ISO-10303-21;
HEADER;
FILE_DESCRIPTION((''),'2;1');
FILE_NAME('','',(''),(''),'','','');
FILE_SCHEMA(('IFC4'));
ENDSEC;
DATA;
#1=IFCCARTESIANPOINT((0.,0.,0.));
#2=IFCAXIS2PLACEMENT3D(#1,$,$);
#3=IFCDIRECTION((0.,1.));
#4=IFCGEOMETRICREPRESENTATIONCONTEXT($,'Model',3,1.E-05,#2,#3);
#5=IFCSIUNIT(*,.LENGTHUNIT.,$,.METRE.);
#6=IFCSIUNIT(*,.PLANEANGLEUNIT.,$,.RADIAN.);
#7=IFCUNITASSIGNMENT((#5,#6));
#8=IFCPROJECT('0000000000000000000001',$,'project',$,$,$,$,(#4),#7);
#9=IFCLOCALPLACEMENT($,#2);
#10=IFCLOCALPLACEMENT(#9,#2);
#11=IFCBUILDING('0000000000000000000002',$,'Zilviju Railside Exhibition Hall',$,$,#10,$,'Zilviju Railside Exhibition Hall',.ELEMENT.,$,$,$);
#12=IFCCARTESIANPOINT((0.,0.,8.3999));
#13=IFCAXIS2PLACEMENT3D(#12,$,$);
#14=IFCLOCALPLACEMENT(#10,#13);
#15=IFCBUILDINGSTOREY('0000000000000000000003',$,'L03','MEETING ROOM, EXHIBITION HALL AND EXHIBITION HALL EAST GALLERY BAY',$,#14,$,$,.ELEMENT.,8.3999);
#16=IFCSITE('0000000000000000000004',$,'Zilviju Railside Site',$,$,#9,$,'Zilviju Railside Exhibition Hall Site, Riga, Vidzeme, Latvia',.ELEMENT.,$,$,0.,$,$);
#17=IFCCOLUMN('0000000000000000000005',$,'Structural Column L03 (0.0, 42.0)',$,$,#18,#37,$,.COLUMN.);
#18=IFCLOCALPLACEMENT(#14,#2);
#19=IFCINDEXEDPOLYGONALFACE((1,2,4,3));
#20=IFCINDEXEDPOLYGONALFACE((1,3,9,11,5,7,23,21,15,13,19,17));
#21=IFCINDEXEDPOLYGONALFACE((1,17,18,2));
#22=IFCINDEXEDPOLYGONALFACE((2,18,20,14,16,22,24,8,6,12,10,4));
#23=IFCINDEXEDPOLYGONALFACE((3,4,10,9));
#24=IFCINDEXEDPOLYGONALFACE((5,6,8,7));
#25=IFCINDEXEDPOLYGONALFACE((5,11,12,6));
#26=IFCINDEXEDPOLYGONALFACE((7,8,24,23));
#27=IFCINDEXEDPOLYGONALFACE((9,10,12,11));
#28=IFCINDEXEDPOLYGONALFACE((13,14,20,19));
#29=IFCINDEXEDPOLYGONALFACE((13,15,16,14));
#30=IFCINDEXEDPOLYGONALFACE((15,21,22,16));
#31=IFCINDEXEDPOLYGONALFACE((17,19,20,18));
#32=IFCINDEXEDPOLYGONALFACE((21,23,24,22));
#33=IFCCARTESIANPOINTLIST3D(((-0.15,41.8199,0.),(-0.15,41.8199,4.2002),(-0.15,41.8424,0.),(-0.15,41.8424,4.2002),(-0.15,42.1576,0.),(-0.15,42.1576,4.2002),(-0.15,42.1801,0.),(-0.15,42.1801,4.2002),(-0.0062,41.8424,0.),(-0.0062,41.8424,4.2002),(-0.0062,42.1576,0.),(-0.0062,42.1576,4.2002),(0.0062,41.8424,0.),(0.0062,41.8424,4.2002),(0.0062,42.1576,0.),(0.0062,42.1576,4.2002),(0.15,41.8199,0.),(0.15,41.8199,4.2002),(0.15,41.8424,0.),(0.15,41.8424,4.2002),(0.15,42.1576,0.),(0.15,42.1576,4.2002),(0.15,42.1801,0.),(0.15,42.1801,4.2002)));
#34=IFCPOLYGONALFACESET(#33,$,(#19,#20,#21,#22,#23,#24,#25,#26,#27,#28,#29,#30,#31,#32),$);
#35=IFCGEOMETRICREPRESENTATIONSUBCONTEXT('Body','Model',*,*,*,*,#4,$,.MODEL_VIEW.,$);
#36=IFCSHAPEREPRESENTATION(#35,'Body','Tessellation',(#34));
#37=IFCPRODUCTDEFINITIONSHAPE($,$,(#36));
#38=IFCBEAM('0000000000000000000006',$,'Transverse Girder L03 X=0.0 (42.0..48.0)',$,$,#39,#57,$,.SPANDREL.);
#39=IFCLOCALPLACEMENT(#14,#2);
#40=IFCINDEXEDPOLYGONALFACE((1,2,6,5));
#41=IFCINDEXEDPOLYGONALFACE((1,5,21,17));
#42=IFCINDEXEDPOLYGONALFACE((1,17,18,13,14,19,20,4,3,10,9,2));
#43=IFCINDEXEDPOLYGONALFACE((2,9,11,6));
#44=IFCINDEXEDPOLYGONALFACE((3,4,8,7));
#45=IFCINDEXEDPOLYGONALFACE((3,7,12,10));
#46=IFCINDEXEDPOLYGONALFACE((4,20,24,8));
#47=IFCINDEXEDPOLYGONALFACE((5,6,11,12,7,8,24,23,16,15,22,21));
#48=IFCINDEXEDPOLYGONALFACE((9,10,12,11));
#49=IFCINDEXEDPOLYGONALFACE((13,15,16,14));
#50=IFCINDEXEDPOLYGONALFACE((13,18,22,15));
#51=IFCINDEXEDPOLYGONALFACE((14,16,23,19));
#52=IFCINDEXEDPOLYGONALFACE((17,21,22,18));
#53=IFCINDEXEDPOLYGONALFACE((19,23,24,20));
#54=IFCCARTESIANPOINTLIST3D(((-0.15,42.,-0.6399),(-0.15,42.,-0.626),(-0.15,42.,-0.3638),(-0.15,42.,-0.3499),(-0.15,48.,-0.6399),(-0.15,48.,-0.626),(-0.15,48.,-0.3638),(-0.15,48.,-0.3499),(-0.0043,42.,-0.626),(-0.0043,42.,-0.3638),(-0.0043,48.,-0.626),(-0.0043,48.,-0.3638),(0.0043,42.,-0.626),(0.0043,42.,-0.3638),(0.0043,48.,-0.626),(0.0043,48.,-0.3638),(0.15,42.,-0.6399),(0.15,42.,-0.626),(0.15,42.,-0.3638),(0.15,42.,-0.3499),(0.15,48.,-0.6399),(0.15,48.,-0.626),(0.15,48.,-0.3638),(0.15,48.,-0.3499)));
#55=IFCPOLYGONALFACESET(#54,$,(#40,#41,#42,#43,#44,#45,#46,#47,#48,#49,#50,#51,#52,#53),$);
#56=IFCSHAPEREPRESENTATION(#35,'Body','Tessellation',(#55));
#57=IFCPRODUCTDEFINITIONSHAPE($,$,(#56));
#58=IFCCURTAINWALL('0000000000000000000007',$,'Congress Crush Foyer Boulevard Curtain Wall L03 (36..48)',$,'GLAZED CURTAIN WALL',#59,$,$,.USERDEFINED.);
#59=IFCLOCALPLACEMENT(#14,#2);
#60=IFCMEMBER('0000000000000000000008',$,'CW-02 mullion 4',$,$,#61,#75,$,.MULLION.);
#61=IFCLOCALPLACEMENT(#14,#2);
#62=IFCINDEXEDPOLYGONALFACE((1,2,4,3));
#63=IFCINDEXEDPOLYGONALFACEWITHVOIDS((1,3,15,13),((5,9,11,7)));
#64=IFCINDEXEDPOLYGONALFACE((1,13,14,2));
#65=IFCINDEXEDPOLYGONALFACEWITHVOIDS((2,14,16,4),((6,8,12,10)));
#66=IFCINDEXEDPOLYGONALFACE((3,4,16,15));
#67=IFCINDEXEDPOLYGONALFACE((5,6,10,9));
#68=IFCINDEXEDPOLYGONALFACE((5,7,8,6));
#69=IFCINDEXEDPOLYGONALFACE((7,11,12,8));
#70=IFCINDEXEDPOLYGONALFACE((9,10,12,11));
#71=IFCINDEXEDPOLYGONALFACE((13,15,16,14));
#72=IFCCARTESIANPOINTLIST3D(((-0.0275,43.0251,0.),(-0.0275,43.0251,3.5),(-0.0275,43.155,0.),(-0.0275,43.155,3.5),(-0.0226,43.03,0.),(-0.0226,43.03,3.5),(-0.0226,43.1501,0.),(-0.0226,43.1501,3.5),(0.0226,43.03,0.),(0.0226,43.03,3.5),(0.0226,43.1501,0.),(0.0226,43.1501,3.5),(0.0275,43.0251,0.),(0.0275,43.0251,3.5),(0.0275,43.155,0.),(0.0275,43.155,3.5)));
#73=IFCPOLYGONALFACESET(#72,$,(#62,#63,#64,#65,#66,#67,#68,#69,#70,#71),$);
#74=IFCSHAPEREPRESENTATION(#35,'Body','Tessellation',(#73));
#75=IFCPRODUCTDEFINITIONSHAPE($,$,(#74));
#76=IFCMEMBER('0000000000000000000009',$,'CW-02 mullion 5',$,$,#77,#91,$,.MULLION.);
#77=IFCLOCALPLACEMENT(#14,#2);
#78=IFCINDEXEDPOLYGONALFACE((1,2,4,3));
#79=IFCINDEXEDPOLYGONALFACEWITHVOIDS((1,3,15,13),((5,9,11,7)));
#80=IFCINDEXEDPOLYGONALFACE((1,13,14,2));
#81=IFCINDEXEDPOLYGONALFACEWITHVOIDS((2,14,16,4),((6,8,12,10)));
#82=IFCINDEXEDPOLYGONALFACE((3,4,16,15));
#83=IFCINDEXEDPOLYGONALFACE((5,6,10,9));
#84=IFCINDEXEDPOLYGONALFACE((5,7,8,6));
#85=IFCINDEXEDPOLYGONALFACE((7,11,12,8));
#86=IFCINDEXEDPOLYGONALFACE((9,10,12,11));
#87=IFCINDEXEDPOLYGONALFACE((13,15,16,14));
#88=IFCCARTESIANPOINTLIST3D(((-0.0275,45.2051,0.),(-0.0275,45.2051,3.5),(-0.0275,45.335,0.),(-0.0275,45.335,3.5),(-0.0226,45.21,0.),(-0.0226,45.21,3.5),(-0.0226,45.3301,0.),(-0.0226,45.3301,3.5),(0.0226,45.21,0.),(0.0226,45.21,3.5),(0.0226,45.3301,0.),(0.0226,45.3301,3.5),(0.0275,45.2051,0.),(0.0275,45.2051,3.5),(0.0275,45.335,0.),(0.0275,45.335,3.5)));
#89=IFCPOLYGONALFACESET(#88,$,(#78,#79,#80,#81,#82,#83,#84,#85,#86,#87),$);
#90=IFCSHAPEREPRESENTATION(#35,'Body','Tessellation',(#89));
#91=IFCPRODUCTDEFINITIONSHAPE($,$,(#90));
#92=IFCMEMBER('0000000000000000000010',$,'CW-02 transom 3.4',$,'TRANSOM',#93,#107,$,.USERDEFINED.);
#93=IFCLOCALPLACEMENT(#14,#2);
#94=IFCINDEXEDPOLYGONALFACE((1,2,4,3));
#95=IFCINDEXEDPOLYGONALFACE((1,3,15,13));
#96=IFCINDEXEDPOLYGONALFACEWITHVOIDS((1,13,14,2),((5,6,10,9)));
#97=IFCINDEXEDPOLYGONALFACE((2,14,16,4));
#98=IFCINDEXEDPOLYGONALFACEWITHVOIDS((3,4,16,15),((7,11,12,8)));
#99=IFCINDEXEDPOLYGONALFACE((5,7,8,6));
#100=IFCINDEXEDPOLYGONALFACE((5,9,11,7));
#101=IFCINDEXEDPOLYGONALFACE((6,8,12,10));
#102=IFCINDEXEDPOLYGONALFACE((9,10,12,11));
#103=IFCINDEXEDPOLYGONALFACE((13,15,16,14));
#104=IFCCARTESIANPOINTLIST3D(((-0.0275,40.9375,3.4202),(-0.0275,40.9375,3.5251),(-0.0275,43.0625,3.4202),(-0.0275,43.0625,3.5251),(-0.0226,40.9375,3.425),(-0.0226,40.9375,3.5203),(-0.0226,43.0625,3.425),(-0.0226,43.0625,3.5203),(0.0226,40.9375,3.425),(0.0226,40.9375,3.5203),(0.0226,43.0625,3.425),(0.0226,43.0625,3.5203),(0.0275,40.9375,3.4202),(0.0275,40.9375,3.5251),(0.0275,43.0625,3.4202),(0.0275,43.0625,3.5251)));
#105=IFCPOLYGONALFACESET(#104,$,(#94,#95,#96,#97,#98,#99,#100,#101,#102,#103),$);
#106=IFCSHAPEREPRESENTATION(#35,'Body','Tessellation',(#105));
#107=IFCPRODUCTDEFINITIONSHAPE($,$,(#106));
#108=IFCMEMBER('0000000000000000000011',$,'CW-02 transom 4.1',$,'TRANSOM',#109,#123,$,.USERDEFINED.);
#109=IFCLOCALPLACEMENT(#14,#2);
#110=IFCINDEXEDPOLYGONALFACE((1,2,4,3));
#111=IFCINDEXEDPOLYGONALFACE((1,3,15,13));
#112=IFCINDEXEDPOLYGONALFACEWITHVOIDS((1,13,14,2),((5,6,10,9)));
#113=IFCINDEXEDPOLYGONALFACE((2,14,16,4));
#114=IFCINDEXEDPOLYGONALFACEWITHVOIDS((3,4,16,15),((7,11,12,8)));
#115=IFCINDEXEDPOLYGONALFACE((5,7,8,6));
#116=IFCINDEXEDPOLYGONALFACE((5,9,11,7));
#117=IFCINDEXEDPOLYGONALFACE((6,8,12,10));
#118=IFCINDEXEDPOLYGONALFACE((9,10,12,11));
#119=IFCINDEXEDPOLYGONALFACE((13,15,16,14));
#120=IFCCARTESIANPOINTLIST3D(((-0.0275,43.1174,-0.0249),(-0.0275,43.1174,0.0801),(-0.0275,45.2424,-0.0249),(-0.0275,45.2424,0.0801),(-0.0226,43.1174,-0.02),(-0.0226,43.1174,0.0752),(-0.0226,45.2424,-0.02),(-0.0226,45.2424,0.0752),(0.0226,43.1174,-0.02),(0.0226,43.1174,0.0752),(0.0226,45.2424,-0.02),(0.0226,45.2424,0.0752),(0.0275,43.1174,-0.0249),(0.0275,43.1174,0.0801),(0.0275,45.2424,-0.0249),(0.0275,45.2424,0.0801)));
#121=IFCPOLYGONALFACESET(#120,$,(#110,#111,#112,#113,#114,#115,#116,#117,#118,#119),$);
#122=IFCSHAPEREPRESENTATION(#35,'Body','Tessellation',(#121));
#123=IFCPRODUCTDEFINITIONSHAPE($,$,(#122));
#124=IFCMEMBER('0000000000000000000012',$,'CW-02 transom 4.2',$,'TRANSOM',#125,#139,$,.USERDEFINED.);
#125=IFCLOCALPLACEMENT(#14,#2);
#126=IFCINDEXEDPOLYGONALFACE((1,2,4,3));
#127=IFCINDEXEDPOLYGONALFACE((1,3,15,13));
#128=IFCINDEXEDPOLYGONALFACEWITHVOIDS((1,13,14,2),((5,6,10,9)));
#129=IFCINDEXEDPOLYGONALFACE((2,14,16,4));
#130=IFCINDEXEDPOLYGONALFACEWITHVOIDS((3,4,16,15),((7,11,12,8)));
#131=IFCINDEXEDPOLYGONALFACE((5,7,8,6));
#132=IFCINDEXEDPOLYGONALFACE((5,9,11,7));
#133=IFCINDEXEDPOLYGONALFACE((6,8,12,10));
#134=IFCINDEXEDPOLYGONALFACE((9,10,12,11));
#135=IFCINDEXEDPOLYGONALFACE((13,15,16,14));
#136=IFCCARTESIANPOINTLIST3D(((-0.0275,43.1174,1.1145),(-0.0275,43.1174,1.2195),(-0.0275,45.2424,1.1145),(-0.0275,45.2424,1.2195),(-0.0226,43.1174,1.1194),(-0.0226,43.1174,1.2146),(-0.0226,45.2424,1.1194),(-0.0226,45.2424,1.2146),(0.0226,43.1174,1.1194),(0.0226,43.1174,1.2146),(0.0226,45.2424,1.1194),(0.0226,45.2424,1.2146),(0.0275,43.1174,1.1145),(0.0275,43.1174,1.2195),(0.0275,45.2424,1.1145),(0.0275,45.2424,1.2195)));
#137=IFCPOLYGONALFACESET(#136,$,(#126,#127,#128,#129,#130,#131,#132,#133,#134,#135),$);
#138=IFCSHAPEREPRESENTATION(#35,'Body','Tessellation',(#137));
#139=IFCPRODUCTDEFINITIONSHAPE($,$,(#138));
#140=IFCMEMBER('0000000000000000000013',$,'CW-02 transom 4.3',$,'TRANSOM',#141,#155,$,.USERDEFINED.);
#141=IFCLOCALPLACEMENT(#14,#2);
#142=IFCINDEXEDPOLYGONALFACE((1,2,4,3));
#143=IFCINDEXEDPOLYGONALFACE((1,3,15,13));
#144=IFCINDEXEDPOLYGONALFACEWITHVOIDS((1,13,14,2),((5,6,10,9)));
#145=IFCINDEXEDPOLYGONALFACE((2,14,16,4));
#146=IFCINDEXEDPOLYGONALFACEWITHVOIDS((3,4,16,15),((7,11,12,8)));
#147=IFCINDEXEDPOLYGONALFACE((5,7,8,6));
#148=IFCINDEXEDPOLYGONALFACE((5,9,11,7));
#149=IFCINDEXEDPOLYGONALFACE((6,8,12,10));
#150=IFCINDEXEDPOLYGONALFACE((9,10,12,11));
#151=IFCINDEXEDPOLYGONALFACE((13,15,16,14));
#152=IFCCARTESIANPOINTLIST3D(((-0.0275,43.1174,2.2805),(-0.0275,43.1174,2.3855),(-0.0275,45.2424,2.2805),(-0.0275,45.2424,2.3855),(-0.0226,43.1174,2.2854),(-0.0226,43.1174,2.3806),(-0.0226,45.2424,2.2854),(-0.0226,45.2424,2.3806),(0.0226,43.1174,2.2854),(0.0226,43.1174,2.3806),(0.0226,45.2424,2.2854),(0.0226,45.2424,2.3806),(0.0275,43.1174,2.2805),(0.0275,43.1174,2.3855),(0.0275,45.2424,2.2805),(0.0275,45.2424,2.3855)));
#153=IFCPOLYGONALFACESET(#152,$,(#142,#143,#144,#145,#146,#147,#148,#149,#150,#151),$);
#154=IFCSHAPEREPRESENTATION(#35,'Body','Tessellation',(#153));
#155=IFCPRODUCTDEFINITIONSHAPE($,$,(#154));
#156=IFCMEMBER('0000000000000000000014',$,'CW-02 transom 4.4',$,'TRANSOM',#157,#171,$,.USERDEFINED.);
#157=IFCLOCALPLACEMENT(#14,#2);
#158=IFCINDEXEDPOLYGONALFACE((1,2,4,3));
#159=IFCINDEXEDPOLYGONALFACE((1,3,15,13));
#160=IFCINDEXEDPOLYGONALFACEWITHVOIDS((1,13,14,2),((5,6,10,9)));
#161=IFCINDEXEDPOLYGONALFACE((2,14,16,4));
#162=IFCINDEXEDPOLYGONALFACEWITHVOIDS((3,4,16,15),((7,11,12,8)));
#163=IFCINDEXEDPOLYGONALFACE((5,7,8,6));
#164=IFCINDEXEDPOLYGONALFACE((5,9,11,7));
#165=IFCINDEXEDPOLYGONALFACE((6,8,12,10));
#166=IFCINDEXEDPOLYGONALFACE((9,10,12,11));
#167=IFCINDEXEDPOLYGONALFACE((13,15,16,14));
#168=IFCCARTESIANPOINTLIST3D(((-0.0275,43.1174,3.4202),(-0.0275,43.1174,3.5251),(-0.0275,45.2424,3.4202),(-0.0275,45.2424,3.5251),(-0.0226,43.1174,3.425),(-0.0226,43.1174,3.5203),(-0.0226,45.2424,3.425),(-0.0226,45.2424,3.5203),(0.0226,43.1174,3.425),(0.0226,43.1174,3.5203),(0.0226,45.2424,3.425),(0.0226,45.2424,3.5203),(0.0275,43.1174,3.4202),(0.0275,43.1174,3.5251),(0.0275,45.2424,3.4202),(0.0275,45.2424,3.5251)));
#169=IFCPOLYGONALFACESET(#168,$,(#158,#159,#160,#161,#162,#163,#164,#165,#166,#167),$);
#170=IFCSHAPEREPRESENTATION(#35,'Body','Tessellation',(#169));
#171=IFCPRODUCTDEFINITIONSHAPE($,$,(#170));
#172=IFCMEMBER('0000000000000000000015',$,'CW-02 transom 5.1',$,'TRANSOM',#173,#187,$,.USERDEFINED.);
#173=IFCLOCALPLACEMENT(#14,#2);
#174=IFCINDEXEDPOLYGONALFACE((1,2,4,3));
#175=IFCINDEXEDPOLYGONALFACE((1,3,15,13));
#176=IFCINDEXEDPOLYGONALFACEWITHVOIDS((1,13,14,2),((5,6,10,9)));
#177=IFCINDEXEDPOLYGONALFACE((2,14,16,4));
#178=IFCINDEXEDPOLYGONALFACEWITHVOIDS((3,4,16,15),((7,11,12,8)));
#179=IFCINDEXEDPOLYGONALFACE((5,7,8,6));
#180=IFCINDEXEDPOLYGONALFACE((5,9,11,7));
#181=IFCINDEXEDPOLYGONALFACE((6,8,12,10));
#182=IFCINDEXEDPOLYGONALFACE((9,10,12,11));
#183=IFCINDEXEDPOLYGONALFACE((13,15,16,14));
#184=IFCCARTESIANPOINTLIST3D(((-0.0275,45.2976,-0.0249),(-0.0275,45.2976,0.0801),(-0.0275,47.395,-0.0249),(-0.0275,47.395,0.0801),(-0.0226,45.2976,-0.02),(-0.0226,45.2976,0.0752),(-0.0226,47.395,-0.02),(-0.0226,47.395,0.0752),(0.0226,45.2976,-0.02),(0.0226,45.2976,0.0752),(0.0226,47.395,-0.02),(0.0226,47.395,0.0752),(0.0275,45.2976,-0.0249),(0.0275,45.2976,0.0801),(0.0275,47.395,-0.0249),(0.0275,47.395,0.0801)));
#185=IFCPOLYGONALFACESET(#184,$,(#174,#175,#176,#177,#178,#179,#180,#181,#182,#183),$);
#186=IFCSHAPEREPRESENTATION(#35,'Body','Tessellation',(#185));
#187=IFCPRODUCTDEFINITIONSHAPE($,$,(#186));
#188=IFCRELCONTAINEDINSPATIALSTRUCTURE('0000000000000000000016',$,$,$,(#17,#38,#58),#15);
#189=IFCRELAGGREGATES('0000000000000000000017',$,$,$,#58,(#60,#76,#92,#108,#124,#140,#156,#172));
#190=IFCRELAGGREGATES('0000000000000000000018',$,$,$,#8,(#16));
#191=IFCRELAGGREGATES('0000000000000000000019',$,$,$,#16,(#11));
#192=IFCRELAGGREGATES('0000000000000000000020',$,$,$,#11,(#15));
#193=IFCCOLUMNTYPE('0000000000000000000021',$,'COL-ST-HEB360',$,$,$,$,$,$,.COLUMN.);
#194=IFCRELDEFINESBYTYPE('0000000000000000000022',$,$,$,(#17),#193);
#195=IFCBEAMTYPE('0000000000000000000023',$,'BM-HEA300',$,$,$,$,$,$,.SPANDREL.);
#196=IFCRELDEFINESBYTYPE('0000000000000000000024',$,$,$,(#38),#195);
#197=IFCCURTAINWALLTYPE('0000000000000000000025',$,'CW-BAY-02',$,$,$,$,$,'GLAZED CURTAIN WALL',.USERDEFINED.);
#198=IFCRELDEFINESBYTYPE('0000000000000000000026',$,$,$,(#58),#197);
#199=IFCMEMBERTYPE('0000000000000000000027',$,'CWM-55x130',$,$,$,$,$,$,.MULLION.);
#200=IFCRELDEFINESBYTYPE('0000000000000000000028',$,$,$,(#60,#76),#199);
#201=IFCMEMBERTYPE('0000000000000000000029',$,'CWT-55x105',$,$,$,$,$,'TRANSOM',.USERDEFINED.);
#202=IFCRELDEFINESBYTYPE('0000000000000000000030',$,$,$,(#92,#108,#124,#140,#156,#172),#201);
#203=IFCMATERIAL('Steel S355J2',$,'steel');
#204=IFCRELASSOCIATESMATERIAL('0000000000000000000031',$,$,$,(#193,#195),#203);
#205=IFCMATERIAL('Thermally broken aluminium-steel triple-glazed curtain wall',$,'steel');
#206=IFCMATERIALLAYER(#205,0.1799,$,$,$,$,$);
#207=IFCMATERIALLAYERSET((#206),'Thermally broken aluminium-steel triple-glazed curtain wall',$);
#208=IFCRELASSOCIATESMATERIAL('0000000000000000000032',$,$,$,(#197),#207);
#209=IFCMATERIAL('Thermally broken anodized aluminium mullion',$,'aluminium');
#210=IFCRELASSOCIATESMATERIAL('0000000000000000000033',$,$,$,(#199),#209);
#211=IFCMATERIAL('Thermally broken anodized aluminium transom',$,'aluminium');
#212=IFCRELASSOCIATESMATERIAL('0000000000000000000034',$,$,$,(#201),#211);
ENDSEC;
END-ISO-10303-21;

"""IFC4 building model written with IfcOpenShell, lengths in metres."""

from ifc_helpers import new_model, si_unit, direction, frame, origin, origin_2d, place, context, subcontext, project, spatial, hollow_rectangle, i_section, extrude, material, layer, layer_set, material_profile, profile_set, type_object, element, aggregate, save


model = new_model("IFC4")

# Units and contexts
model_context = context("Model", 3, precision=1e-05, world=origin(), true_north=direction((0.0, 1.0)))
body_context = subcontext(model_context, "Body", "Model", "MODEL_VIEW")
ifc_project = project(units=[si_unit("LENGTHUNIT", "METRE"), si_unit("PLANEANGLEUNIT", "RADIAN")], contexts=[model_context])

# Site, building, storey
site_placement = place(None, origin())
site = spatial("IfcSite", under=ifc_project, at=site_placement, Name="Zilviju Railside Site", LongName="Zilviju Railside Exhibition Hall Site, Riga, Vidzeme, Latvia", CompositionType="ELEMENT", RefElevation=0.0)
building_placement = place(site_placement, origin())
building = spatial("IfcBuilding", under=site, at=building_placement, Name="Zilviju Railside Exhibition Hall", LongName="Zilviju Railside Exhibition Hall", CompositionType="ELEMENT")
storey_placement = place(building_placement, frame((0.0, 0.0, 8.3999)))
storey = spatial("IfcBuildingStorey", under=building, at=storey_placement, Name="L03", Description="MEETING ROOM, EXHIBITION HALL AND EXHIBITION HALL EAST GALLERY BAY", CompositionType="ELEMENT", Elevation=8.3999)

# Column
ifc_material_1 = material(Name="Steel S355J2", Category="steel")
ifc_material_profile_1 = material_profile(ifc_material_1, i_section(OverallWidth=0.3, OverallDepth=0.3601, WebThickness=0.0125, FlangeThickness=0.0225, at=origin_2d()), Name="HEB 360")
ifc_profile_set_1 = profile_set([ifc_material_profile_1], Name="Steel S355J2")
column_type = type_object("IfcColumnType", Name="COL-ST-HEB360", PredefinedType="COLUMN", material=ifc_profile_set_1)
column_placement = place(storey_placement, frame((0.0, 42.0, 0.0), z_axis=(0.0, 0.0, 1.0), x_axis=(1.0, 0.0, 0.0)))
element("IfcColumn", 1, at=column_placement, inside=storey, type_object=column_type, Name="Structural Column L03 (0.0, 42.0)", PredefinedType="COLUMN", context=body_context, shape_type="SweptSolid", body=[
    extrude(i_section(OverallWidth=0.3, OverallDepth=0.3601, WebThickness=0.0125, FlangeThickness=0.0225, at=origin_2d()), origin(), (0.0, 0.0, 1.0), 4.2002),
])

# Beam
ifc_material_profile_2 = material_profile(ifc_material_1, i_section(OverallWidth=0.3, OverallDepth=0.29, WebThickness=0.0085, FlangeThickness=0.0139, at=origin_2d()), Name="HEA 300")
ifc_profile_set_2 = profile_set([ifc_material_profile_2], Name="Steel S355J2")
beam_type = type_object("IfcBeamType", Name="BM-HEA300", PredefinedType="SPANDREL", material=ifc_profile_set_2)
beam_placement = place(storey_placement, frame((0.0, 42.0, -0.4949), z_axis=(0.0, 1.0, 0.0), x_axis=(-1.0, 0.0, 0.0)))
element("IfcBeam", 2, at=beam_placement, inside=storey, type_object=beam_type, Name="Transverse Girder L03 X=0.0 (42.0..48.0)", PredefinedType="SPANDREL", context=body_context, shape_type="SweptSolid", body=[
    extrude(i_section(OverallWidth=0.3, OverallDepth=0.29, WebThickness=0.0085, FlangeThickness=0.0139, at=origin_2d()), origin(), (0.0, 0.0, 1.0), 6.0),
])

# Curtain wall, members
ifc_material_2 = material(Name="Thermally broken aluminium-steel triple-glazed curtain wall", Category="steel")
ifc_layer_1 = layer(ifc_material_2, 0.1799)
ifc_layer_set_1 = layer_set([ifc_layer_1], Name="Thermally broken aluminium-steel triple-glazed curtain wall")
curtain_wall_type = type_object("IfcCurtainWallType", Name="CW-BAY-02", ElementType="GLAZED CURTAIN WALL", PredefinedType="USERDEFINED", material=ifc_layer_set_1)
curtain_wall_placement = place(storey_placement, origin())
curtain_wall = element("IfcCurtainWall", 3, at=curtain_wall_placement, inside=storey, type_object=curtain_wall_type, Name="Congress Crush Foyer Boulevard Curtain Wall L03 (36..48)", ObjectType="GLAZED CURTAIN WALL", PredefinedType="USERDEFINED")
ifc_material_3 = material(Name="Thermally broken anodized aluminium mullion", Category="aluminium")
ifc_material_profile_3 = material_profile(ifc_material_3, hollow_rectangle(XDim=0.0549, YDim=0.1299, WallThickness=0.0049, at=origin_2d()), Name="MULLION 130x55x5")
ifc_profile_set_3 = profile_set([ifc_material_profile_3], Name="Thermally broken anodized aluminium mullion")
member_type_1 = type_object("IfcMemberType", Name="CWM-55x130", PredefinedType="MULLION", material=ifc_profile_set_3)
member_1_placement = place(storey_placement, frame((0.0, 43.0901, 0.0), z_axis=(0.0, 0.0, 1.0), x_axis=(-1.0, 0.0, 0.0)))
member_1 = element("IfcMember", 4, at=member_1_placement, type_object=member_type_1, Name="CW-02 mullion 4", PredefinedType="MULLION", context=body_context, shape_type="SweptSolid", body=[
    extrude(hollow_rectangle(XDim=0.0549, YDim=0.1299, WallThickness=0.0049, at=origin_2d()), origin(), (0.0, 0.0, 1.0), 3.5),
])
member_2_placement = place(storey_placement, frame((0.0, 45.27, 0.0), z_axis=(0.0, 0.0, 1.0), x_axis=(-1.0, 0.0, 0.0)))
member_2 = element("IfcMember", 5, at=member_2_placement, type_object=member_type_1, Name="CW-02 mullion 5", PredefinedType="MULLION", context=body_context, shape_type="SweptSolid", body=[
    extrude(hollow_rectangle(XDim=0.0549, YDim=0.1299, WallThickness=0.0049, at=origin_2d()), origin(), (0.0, 0.0, 1.0), 3.5),
])
ifc_material_4 = material(Name="Thermally broken anodized aluminium transom", Category="aluminium")
ifc_material_profile_4 = material_profile(ifc_material_4, hollow_rectangle(XDim=0.0549, YDim=0.105, WallThickness=0.0049, at=origin_2d()), Name="TRANSOM 105x55x5")
ifc_profile_set_4 = profile_set([ifc_material_profile_4], Name="Thermally broken anodized aluminium transom")
member_type_2 = type_object("IfcMemberType", Name="CWT-55x105", ElementType="TRANSOM", PredefinedType="USERDEFINED", material=ifc_profile_set_4)
member_3_placement = place(storey_placement, frame((0.0, 40.9375, 3.4727), z_axis=(0.0, 1.0, 0.0), x_axis=(-1.0, 0.0, 0.0)))
member_3 = element("IfcMember", 6, at=member_3_placement, type_object=member_type_2, Name="CW-02 transom 3.4", ObjectType="TRANSOM", PredefinedType="USERDEFINED", context=body_context, shape_type="SweptSolid", body=[
    extrude(hollow_rectangle(XDim=0.0549, YDim=0.105, WallThickness=0.0049, at=origin_2d()), origin(), (0.0, 0.0, 1.0), 2.125),
])
member_4_placement = place(storey_placement, frame((0.0, 43.1174, 0.0276), z_axis=(0.0, 1.0, 0.0), x_axis=(-1.0, 0.0, 0.0)))
member_4 = element("IfcMember", 7, at=member_4_placement, type_object=member_type_2, Name="CW-02 transom 4.1", ObjectType="TRANSOM", PredefinedType="USERDEFINED", context=body_context, shape_type="SweptSolid", body=[
    extrude(hollow_rectangle(XDim=0.0549, YDim=0.105, WallThickness=0.0049, at=origin_2d()), origin(), (0.0, 0.0, 1.0), 2.125),
])
member_5_placement = place(storey_placement, frame((0.0, 43.1174, 1.167), z_axis=(0.0, 1.0, 0.0), x_axis=(-1.0, 0.0, 0.0)))
member_5 = element("IfcMember", 8, at=member_5_placement, type_object=member_type_2, Name="CW-02 transom 4.2", ObjectType="TRANSOM", PredefinedType="USERDEFINED", context=body_context, shape_type="SweptSolid", body=[
    extrude(hollow_rectangle(XDim=0.0549, YDim=0.105, WallThickness=0.0049, at=origin_2d()), origin(), (0.0, 0.0, 1.0), 2.125),
])
member_6_placement = place(storey_placement, frame((0.0, 43.1174, 2.333), z_axis=(0.0, 1.0, 0.0), x_axis=(-1.0, 0.0, 0.0)))
member_6 = element("IfcMember", 9, at=member_6_placement, type_object=member_type_2, Name="CW-02 transom 4.3", ObjectType="TRANSOM", PredefinedType="USERDEFINED", context=body_context, shape_type="SweptSolid", body=[
    extrude(hollow_rectangle(XDim=0.0549, YDim=0.105, WallThickness=0.0049, at=origin_2d()), origin(), (0.0, 0.0, 1.0), 2.125),
])
member_7_placement = place(storey_placement, frame((0.0, 43.1174, 3.4727), z_axis=(0.0, 1.0, 0.0), x_axis=(-1.0, 0.0, 0.0)))
member_7 = element("IfcMember", 10, at=member_7_placement, type_object=member_type_2, Name="CW-02 transom 4.4", ObjectType="TRANSOM", PredefinedType="USERDEFINED", context=body_context, shape_type="SweptSolid", body=[
    extrude(hollow_rectangle(XDim=0.0549, YDim=0.105, WallThickness=0.0049, at=origin_2d()), origin(), (0.0, 0.0, 1.0), 2.125),
])
member_8_placement = place(storey_placement, frame((0.0, 45.2976, 0.0276), z_axis=(0.0, 1.0, 0.0), x_axis=(-1.0, 0.0, 0.0)))
member_8 = element("IfcMember", 11, at=member_8_placement, type_object=member_type_2, Name="CW-02 transom 5.1", ObjectType="TRANSOM", PredefinedType="USERDEFINED", context=body_context, shape_type="SweptSolid", body=[
    extrude(hollow_rectangle(XDim=0.0549, YDim=0.105, WallThickness=0.0049, at=origin_2d()), origin(), (0.0, 0.0, 1.0), 2.0974),
])
aggregate(curtain_wall, [member_1, member_2, member_3, member_4, member_5, member_6, member_7, member_8])

save(model, "model.ifc")
